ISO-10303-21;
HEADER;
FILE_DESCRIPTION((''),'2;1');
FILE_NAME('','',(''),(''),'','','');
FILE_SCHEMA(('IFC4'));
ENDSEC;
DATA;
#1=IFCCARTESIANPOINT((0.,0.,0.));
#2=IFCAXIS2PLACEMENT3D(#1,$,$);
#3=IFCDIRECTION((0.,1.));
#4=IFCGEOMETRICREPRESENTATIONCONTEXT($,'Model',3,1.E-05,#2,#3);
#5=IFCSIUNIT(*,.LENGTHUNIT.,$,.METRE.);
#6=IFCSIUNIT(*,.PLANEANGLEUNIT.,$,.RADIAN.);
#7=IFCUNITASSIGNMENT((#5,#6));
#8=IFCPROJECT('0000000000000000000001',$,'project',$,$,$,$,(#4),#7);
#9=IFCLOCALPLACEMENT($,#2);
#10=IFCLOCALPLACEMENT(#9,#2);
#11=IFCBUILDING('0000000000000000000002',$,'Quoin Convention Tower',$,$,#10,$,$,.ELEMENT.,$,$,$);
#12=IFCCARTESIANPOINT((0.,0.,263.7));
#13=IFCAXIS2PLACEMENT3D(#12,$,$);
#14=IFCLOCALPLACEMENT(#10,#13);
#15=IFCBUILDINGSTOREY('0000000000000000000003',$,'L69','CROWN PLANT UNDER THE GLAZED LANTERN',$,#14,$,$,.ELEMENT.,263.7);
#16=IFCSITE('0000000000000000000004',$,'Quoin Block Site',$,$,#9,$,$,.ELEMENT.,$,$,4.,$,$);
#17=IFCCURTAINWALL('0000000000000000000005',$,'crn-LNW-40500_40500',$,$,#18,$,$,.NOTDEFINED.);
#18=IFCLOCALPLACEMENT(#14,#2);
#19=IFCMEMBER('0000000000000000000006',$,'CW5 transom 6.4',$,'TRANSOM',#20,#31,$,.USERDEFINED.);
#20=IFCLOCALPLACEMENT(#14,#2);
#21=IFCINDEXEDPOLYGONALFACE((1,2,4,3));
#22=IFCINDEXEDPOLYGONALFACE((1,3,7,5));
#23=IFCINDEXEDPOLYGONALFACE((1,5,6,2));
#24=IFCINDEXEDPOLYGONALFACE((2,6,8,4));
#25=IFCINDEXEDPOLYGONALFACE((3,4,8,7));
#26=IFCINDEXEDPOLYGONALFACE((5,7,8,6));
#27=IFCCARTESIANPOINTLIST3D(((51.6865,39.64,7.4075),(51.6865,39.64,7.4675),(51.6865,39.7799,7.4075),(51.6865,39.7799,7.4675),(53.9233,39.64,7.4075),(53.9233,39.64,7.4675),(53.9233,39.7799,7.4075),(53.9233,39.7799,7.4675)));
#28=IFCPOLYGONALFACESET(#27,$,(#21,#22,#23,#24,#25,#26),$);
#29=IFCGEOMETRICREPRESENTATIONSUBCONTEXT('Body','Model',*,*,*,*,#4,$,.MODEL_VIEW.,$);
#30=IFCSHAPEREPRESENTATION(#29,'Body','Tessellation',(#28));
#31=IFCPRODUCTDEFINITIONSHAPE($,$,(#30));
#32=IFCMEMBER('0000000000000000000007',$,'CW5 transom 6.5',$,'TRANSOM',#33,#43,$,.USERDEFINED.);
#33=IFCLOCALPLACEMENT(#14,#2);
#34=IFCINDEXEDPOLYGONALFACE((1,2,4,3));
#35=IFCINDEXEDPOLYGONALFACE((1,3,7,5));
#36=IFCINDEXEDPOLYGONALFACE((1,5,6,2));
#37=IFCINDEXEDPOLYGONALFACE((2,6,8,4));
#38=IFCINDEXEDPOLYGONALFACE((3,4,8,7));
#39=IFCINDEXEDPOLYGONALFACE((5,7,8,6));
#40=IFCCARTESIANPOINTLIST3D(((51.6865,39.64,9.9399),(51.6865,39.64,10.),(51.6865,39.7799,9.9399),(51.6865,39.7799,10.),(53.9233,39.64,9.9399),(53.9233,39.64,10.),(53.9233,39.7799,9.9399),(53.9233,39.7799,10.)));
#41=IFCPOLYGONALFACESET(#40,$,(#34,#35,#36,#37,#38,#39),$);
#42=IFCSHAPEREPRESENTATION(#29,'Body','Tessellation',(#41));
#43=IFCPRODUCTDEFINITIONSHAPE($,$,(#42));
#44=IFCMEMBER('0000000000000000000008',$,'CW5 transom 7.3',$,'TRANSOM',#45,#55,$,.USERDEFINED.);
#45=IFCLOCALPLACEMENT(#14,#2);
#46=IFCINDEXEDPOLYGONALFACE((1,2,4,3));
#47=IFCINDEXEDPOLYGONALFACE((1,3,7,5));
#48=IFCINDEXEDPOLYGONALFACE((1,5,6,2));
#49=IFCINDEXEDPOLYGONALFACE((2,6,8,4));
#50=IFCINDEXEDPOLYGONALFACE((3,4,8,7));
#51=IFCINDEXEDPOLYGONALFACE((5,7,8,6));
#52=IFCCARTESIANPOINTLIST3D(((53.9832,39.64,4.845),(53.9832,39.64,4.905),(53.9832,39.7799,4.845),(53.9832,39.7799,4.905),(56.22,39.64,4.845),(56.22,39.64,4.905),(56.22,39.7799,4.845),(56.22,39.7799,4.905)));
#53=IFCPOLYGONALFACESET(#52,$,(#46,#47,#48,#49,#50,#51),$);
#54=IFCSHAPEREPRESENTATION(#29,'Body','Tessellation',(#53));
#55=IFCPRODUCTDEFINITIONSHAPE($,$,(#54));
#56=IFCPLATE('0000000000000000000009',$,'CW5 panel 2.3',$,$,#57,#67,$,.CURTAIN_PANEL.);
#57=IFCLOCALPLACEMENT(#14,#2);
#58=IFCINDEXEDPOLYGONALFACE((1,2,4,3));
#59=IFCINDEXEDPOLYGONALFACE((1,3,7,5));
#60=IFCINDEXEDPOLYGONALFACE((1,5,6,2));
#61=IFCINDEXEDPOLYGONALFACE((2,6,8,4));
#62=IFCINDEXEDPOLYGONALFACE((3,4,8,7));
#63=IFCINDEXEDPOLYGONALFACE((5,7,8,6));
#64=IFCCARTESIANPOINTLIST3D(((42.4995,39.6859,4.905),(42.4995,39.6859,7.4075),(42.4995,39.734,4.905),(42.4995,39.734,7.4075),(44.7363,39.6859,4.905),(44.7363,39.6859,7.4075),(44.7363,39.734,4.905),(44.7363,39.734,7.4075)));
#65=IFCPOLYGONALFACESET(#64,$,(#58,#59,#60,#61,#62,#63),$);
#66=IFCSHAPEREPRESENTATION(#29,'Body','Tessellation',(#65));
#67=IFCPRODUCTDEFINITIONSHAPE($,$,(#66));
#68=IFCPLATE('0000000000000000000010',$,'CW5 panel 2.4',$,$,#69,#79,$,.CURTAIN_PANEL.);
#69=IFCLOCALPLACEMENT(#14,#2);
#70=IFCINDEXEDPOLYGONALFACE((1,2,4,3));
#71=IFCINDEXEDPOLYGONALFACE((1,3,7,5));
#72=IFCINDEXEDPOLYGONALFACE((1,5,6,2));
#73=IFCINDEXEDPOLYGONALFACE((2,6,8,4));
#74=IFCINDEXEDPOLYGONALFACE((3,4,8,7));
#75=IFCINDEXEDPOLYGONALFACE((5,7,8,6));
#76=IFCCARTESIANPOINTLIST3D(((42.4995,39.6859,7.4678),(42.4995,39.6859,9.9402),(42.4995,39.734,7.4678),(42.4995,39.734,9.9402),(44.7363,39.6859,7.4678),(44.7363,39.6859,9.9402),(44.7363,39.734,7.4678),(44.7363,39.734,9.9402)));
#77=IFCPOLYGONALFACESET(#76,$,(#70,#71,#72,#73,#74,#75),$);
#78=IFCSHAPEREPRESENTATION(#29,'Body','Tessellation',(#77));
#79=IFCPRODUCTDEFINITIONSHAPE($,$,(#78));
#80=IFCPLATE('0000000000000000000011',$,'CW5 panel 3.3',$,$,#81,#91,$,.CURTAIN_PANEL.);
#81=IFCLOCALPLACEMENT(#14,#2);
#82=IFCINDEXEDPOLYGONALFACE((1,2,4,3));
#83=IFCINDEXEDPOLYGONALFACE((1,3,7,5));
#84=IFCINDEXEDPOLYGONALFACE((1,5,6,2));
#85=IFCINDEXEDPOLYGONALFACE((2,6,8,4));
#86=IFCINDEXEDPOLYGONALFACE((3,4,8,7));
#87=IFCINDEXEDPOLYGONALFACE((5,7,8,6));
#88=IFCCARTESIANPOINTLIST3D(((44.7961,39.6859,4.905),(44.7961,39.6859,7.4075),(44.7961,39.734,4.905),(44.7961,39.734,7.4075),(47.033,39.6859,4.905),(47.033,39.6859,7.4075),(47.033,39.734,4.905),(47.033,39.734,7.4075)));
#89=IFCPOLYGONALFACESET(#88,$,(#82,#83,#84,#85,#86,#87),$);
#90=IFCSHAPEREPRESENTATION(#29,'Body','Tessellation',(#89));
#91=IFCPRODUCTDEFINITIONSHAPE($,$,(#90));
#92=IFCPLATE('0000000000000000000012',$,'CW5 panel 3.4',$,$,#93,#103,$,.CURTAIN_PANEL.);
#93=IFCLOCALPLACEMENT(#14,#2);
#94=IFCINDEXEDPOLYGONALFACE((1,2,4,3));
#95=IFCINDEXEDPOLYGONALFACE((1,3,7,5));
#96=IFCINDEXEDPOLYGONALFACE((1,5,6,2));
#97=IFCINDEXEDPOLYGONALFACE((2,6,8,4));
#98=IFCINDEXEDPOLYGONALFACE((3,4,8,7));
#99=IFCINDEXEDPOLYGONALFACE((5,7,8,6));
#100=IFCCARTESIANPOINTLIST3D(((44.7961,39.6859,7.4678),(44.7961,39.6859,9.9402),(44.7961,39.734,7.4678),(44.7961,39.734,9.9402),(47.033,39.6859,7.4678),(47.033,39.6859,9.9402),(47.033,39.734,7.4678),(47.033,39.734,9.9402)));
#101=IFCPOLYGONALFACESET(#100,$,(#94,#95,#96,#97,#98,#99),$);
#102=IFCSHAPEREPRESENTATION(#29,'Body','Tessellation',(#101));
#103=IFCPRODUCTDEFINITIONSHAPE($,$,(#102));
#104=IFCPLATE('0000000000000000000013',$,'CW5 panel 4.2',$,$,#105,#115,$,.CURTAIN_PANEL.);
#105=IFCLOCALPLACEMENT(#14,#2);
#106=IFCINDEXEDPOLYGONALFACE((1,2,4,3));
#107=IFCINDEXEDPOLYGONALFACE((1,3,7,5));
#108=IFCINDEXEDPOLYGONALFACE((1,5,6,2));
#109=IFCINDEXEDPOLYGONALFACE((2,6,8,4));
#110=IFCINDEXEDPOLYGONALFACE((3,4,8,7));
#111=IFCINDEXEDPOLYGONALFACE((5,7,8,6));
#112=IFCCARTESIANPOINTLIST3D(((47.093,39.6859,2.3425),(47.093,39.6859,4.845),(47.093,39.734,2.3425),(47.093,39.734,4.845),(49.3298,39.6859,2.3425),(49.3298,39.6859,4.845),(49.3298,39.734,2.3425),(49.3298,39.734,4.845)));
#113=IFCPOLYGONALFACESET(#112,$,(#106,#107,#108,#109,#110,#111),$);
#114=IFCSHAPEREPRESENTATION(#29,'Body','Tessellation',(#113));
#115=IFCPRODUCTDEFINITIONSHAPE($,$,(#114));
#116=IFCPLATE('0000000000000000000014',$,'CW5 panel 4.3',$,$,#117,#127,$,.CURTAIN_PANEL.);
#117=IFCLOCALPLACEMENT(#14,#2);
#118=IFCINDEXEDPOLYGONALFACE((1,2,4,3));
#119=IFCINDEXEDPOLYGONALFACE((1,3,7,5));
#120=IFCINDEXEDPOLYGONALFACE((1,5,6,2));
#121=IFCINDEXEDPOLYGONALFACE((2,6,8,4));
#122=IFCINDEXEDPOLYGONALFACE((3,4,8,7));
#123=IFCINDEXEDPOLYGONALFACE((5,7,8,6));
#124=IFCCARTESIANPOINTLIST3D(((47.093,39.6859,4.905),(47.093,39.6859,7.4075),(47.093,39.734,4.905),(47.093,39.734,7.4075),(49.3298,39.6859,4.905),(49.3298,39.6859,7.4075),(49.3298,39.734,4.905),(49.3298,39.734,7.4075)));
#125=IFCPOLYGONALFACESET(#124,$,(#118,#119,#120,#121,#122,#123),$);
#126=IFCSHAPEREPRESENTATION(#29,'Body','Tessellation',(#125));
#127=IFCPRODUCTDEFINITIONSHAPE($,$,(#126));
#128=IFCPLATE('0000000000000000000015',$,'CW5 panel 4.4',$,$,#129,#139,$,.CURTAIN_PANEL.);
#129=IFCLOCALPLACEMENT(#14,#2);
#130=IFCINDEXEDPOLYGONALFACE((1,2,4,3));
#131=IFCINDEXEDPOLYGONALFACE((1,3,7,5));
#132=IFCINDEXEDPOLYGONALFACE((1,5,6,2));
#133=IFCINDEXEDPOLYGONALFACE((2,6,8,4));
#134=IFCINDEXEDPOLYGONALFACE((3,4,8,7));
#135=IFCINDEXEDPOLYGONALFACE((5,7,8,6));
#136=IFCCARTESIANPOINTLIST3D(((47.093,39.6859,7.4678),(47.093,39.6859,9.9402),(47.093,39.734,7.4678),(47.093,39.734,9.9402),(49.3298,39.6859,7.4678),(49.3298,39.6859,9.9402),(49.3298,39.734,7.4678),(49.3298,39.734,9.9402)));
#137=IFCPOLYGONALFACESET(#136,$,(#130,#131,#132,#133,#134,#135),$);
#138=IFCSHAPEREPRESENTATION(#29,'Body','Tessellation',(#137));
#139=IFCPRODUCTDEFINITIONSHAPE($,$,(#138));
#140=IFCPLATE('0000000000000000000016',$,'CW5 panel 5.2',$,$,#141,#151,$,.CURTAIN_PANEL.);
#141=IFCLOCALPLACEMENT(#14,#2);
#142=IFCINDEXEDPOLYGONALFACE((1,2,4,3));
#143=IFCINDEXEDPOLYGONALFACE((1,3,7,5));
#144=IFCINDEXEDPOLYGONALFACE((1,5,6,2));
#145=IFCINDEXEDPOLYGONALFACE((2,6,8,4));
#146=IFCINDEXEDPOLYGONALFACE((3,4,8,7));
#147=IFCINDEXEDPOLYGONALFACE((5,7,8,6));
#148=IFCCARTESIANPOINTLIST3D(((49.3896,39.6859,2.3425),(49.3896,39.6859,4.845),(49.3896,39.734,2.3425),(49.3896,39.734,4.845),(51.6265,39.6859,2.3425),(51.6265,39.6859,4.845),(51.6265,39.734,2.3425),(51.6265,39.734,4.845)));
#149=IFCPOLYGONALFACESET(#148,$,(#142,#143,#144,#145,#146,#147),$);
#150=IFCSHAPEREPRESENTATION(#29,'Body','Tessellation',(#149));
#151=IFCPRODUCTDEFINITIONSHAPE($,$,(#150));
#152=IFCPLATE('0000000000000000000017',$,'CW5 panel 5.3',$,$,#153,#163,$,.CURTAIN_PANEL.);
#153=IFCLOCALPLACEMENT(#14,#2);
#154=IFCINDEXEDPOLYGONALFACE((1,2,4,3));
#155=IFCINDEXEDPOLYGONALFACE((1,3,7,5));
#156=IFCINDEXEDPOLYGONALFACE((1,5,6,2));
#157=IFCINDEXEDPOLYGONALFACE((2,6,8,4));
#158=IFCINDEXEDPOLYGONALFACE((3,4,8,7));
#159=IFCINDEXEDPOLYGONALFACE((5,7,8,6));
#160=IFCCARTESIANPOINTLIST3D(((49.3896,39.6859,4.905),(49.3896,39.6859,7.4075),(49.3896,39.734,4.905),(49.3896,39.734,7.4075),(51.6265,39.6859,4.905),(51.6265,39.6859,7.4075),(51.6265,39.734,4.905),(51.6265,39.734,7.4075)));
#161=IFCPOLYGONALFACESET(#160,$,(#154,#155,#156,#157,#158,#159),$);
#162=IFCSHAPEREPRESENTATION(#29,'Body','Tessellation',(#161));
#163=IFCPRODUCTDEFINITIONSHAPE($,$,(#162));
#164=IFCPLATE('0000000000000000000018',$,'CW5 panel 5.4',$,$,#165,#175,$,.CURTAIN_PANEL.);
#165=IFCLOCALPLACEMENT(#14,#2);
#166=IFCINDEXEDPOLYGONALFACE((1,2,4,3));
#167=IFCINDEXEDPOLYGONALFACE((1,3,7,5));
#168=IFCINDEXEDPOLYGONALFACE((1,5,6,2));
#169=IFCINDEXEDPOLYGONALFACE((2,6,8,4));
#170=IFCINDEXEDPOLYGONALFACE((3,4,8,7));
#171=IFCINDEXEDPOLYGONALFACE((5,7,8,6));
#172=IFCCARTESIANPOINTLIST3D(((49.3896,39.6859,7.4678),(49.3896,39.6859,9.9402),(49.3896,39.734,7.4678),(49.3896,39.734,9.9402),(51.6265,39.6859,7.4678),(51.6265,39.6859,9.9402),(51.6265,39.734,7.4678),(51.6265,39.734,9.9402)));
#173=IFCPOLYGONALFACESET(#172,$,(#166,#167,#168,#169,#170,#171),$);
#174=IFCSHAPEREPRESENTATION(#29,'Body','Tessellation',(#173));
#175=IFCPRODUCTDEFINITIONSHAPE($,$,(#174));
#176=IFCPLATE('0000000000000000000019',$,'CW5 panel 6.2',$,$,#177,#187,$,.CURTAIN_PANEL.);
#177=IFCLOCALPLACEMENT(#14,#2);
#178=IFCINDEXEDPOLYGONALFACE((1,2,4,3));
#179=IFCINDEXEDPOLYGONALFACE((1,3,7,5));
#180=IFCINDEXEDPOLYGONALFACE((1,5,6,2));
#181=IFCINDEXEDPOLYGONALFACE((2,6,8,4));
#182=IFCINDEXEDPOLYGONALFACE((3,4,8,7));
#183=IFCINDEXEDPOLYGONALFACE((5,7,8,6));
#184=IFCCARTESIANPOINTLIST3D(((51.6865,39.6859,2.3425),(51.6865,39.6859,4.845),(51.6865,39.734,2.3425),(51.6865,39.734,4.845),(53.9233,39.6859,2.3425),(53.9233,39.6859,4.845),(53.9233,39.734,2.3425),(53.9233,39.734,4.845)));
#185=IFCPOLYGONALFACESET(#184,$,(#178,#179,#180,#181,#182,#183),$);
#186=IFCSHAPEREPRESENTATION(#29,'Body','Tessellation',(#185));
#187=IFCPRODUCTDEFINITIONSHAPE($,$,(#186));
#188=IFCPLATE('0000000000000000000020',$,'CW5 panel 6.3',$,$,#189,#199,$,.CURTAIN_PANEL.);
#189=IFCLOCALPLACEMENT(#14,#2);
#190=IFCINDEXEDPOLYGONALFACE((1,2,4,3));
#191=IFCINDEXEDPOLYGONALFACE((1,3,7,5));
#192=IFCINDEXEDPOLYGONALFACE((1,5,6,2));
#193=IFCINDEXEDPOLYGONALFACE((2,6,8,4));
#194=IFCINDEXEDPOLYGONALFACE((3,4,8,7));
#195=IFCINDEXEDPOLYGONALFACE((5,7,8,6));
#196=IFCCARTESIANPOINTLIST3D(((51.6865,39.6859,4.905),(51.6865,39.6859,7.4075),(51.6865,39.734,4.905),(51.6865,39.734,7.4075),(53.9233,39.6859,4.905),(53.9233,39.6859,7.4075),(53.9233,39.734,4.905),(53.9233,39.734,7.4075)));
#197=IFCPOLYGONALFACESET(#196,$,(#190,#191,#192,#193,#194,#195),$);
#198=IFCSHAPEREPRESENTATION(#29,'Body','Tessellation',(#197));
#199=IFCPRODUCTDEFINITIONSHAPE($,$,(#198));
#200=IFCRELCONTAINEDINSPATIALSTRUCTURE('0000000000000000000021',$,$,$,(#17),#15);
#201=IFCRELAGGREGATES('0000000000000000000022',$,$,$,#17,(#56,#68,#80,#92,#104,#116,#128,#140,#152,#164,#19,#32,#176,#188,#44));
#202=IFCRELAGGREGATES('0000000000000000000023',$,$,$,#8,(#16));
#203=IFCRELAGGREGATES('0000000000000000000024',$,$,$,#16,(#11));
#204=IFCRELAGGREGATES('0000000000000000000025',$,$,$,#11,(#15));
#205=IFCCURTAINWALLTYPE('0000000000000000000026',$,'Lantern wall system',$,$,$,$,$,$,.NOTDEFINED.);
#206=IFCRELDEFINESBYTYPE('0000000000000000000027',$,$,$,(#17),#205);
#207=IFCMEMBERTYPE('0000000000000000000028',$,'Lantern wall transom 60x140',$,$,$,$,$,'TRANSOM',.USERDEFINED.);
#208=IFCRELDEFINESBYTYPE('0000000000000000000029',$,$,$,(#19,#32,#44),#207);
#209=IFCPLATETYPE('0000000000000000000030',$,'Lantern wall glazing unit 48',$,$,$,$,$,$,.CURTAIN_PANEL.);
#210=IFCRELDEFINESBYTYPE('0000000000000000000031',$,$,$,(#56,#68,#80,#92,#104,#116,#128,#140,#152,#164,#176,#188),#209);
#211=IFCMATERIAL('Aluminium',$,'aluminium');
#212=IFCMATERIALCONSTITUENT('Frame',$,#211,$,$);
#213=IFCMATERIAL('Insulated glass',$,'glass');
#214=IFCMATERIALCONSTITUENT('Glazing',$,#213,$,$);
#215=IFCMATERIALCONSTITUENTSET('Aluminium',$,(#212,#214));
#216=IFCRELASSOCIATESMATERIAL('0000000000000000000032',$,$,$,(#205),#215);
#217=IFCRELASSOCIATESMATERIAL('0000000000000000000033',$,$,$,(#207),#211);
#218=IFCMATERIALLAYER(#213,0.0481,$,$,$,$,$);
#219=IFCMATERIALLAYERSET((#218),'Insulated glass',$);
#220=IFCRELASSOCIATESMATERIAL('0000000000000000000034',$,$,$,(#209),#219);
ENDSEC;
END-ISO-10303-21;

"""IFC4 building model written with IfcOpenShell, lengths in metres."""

from ifc_helpers import new_model, si_unit, direction, frame, origin, origin_2d, place, context, subcontext, project, spatial, rectangle, extrude, material, layer, layer_set, constituent, constituent_set, material_profile, profile_set, type_object, element, aggregate, save


model = new_model("IFC4")

# Units and contexts
model_context = context("Model", 3, precision=1e-05, world=origin(), true_north=direction((0.0, 1.0)))
body_context = subcontext(model_context, "Body", "Model", "MODEL_VIEW")
ifc_project = project(units=[si_unit("LENGTHUNIT", "METRE"), si_unit("PLANEANGLEUNIT", "RADIAN")], contexts=[model_context])

# Site, building, storey
site_placement = place(None, origin())
site = spatial("IfcSite", under=ifc_project, at=site_placement, Name="Quoin Block Site", CompositionType="ELEMENT", RefElevation=4.0)
building_placement = place(site_placement, origin())
building = spatial("IfcBuilding", under=site, at=building_placement, Name="Quoin Convention Tower", CompositionType="ELEMENT")
storey_placement = place(building_placement, frame((0.0, 0.0, 263.7)))
storey = spatial("IfcBuildingStorey", under=building, at=storey_placement, Name="L69", Description="CROWN PLANT UNDER THE GLAZED LANTERN", CompositionType="ELEMENT", Elevation=263.7)

# Curtain wall, members, plates
ifc_material_1 = material(Name="Aluminium", Category="aluminium")
ifc_constituent_1 = constituent(ifc_material_1, Name="Frame")
ifc_material_2 = material(Name="Insulated glass", Category="glass")
ifc_constituent_2 = constituent(ifc_material_2, Name="Glazing")
ifc_constituent_set = constituent_set(constituents=[ifc_constituent_1, ifc_constituent_2], Name="Aluminium")
curtain_wall_type = type_object("IfcCurtainWallType", Name="Lantern wall system", PredefinedType="NOTDEFINED", material=ifc_constituent_set)
curtain_wall_placement = place(storey_placement, origin())
curtain_wall = element("IfcCurtainWall", 1, at=curtain_wall_placement, inside=storey, type_object=curtain_wall_type, Name="crn-LNW-40500_40500", PredefinedType="NOTDEFINED")
ifc_material_profile_1 = material_profile(ifc_material_1, rectangle(XDim=0.1399, YDim=0.0601, at=origin_2d()), Name="Lantern wall transom 60x140")
ifc_profile_set_1 = profile_set([ifc_material_profile_1], Name="Aluminium")
member_type_1 = type_object("IfcMemberType", Name="Lantern wall transom 60x140", ElementType="TRANSOM", PredefinedType="USERDEFINED", material=ifc_profile_set_1)
member_1_placement = place(storey_placement, frame((51.6865, 39.71, 7.4375), z_axis=(1.0, 0.0, 0.0), x_axis=(0.0, 1.0, 0.0)))
member_1 = element("IfcMember", 2, at=member_1_placement, type_object=member_type_1, Name="CW5 transom 6.4", ObjectType="TRANSOM", PredefinedType="USERDEFINED", context=body_context, shape_type="SweptSolid", body=[
    extrude(rectangle(XDim=0.1399, YDim=0.0601, at=origin_2d()), origin(), (0.0, 0.0, 1.0), 2.2368),
])
member_2_placement = place(storey_placement, frame((51.6865, 39.71, 9.97), z_axis=(1.0, 0.0, 0.0), x_axis=(0.0, 1.0, 0.0)))
member_2 = element("IfcMember", 3, at=member_2_placement, type_object=member_type_1, Name="CW5 transom 6.5", ObjectType="TRANSOM", PredefinedType="USERDEFINED", context=body_context, shape_type="SweptSolid", body=[
    extrude(rectangle(XDim=0.1399, YDim=0.0601, at=origin_2d()), origin(), (0.0, 0.0, 1.0), 2.2368),
])
member_3_placement = place(storey_placement, frame((53.9832, 39.71, 4.875), z_axis=(1.0, 0.0, 0.0), x_axis=(0.0, 1.0, 0.0)))
member_3 = element("IfcMember", 4, at=member_3_placement, type_object=member_type_1, Name="CW5 transom 7.3", ObjectType="TRANSOM", PredefinedType="USERDEFINED", context=body_context, shape_type="SweptSolid", body=[
    extrude(rectangle(XDim=0.1399, YDim=0.0601, at=origin_2d()), origin(), (0.0, 0.0, 1.0), 2.2368),
])
ifc_layer = layer(ifc_material_2, 0.0481)
ifc_layer_set = layer_set([ifc_layer], Name="Insulated glass")
plate_type = type_object("IfcPlateType", Name="Lantern wall glazing unit 48", PredefinedType="CURTAIN_PANEL", material=ifc_layer_set)
plate_1_placement = place(storey_placement, frame((43.6179, 39.71, 4.905), z_axis=(0.0, 0.0, 1.0), x_axis=(1.0, 0.0, 0.0)))
plate_1 = element("IfcPlate", 5, at=plate_1_placement, type_object=plate_type, Name="CW5 panel 2.3", PredefinedType="CURTAIN_PANEL", context=body_context, shape_type="SweptSolid", body=[
    extrude(rectangle(XDim=2.2368, YDim=0.0481, at=origin_2d()), origin(), (0.0, 0.0, 1.0), 2.5024),
])
plate_2_placement = place(storey_placement, frame((43.6179, 39.71, 7.4678), z_axis=(0.0, 0.0, 1.0), x_axis=(1.0, 0.0, 0.0)))
plate_2 = element("IfcPlate", 6, at=plate_2_placement, type_object=plate_type, Name="CW5 panel 2.4", PredefinedType="CURTAIN_PANEL", context=body_context, shape_type="SweptSolid", body=[
    extrude(rectangle(XDim=2.2368, YDim=0.0481, at=origin_2d()), origin(), (0.0, 0.0, 1.0), 2.4724),
])
plate_3_placement = place(storey_placement, frame((45.9146, 39.71, 4.905), z_axis=(0.0, 0.0, 1.0), x_axis=(1.0, 0.0, 0.0)))
plate_3 = element("IfcPlate", 7, at=plate_3_placement, type_object=plate_type, Name="CW5 panel 3.3", PredefinedType="CURTAIN_PANEL", context=body_context, shape_type="SweptSolid", body=[
    extrude(rectangle(XDim=2.2368, YDim=0.0481, at=origin_2d()), origin(), (0.0, 0.0, 1.0), 2.5024),
])
plate_4_placement = place(storey_placement, frame((45.9146, 39.71, 7.4678), z_axis=(0.0, 0.0, 1.0), x_axis=(1.0, 0.0, 0.0)))
plate_4 = element("IfcPlate", 8, at=plate_4_placement, type_object=plate_type, Name="CW5 panel 3.4", PredefinedType="CURTAIN_PANEL", context=body_context, shape_type="SweptSolid", body=[
    extrude(rectangle(XDim=2.2368, YDim=0.0481, at=origin_2d()), origin(), (0.0, 0.0, 1.0), 2.4724),
])
plate_5_placement = place(storey_placement, frame((48.2114, 39.71, 2.3425), z_axis=(0.0, 0.0, 1.0), x_axis=(1.0, 0.0, 0.0)))
plate_5 = element("IfcPlate", 9, at=plate_5_placement, type_object=plate_type, Name="CW5 panel 4.2", PredefinedType="CURTAIN_PANEL", context=body_context, shape_type="SweptSolid", body=[
    extrude(rectangle(XDim=2.2368, YDim=0.0481, at=origin_2d()), origin(), (0.0, 0.0, 1.0), 2.5024),
])
plate_6_placement = place(storey_placement, frame((48.2114, 39.71, 4.905), z_axis=(0.0, 0.0, 1.0), x_axis=(1.0, 0.0, 0.0)))
plate_6 = element("IfcPlate", 10, at=plate_6_placement, type_object=plate_type, Name="CW5 panel 4.3", PredefinedType="CURTAIN_PANEL", context=body_context, shape_type="SweptSolid", body=[
    extrude(rectangle(XDim=2.2368, YDim=0.0481, at=origin_2d()), origin(), (0.0, 0.0, 1.0), 2.5024),
])
plate_7_placement = place(storey_placement, frame((48.2114, 39.71, 7.4678), z_axis=(0.0, 0.0, 1.0), x_axis=(1.0, 0.0, 0.0)))
plate_7 = element("IfcPlate", 11, at=plate_7_placement, type_object=plate_type, Name="CW5 panel 4.4", PredefinedType="CURTAIN_PANEL", context=body_context, shape_type="SweptSolid", body=[
    extrude(rectangle(XDim=2.2368, YDim=0.0481, at=origin_2d()), origin(), (0.0, 0.0, 1.0), 2.4724),
])
plate_8_placement = place(storey_placement, frame((50.5081, 39.71, 2.3425), z_axis=(0.0, 0.0, 1.0), x_axis=(1.0, 0.0, 0.0)))
plate_8 = element("IfcPlate", 12, at=plate_8_placement, type_object=plate_type, Name="CW5 panel 5.2", PredefinedType="CURTAIN_PANEL", context=body_context, shape_type="SweptSolid", body=[
    extrude(rectangle(XDim=2.2368, YDim=0.0481, at=origin_2d()), origin(), (0.0, 0.0, 1.0), 2.5024),
])
plate_9_placement = place(storey_placement, frame((50.5081, 39.71, 4.905), z_axis=(0.0, 0.0, 1.0), x_axis=(1.0, 0.0, 0.0)))
plate_9 = element("IfcPlate", 13, at=plate_9_placement, type_object=plate_type, Name="CW5 panel 5.3", PredefinedType="CURTAIN_PANEL", context=body_context, shape_type="SweptSolid", body=[
    extrude(rectangle(XDim=2.2368, YDim=0.0481, at=origin_2d()), origin(), (0.0, 0.0, 1.0), 2.5024),
])
plate_10_placement = place(storey_placement, frame((50.5081, 39.71, 7.4678), z_axis=(0.0, 0.0, 1.0), x_axis=(1.0, 0.0, 0.0)))
plate_10 = element("IfcPlate", 14, at=plate_10_placement, type_object=plate_type, Name="CW5 panel 5.4", PredefinedType="CURTAIN_PANEL", context=body_context, shape_type="SweptSolid", body=[
    extrude(rectangle(XDim=2.2368, YDim=0.0481, at=origin_2d()), origin(), (0.0, 0.0, 1.0), 2.4724),
])
plate_11_placement = place(storey_placement, frame((52.8049, 39.71, 2.3425), z_axis=(0.0, 0.0, 1.0), x_axis=(1.0, 0.0, 0.0)))
plate_11 = element("IfcPlate", 15, at=plate_11_placement, type_object=plate_type, Name="CW5 panel 6.2", PredefinedType="CURTAIN_PANEL", context=body_context, shape_type="SweptSolid", body=[
    extrude(rectangle(XDim=2.2368, YDim=0.0481, at=origin_2d()), origin(), (0.0, 0.0, 1.0), 2.5024),
])
plate_12_placement = place(storey_placement, frame((52.8049, 39.71, 4.905), z_axis=(0.0, 0.0, 1.0), x_axis=(1.0, 0.0, 0.0)))
plate_12 = element("IfcPlate", 16, at=plate_12_placement, type_object=plate_type, Name="CW5 panel 6.3", PredefinedType="CURTAIN_PANEL", context=body_context, shape_type="SweptSolid", body=[
    extrude(rectangle(XDim=2.2368, YDim=0.0481, at=origin_2d()), origin(), (0.0, 0.0, 1.0), 2.5024),
])
aggregate(curtain_wall, [plate_1, plate_2, plate_3, plate_4, plate_5, plate_6, plate_7, plate_8, plate_9, plate_10, member_1, member_2, plate_11, plate_12, member_3])

save(model, "model.ifc")
